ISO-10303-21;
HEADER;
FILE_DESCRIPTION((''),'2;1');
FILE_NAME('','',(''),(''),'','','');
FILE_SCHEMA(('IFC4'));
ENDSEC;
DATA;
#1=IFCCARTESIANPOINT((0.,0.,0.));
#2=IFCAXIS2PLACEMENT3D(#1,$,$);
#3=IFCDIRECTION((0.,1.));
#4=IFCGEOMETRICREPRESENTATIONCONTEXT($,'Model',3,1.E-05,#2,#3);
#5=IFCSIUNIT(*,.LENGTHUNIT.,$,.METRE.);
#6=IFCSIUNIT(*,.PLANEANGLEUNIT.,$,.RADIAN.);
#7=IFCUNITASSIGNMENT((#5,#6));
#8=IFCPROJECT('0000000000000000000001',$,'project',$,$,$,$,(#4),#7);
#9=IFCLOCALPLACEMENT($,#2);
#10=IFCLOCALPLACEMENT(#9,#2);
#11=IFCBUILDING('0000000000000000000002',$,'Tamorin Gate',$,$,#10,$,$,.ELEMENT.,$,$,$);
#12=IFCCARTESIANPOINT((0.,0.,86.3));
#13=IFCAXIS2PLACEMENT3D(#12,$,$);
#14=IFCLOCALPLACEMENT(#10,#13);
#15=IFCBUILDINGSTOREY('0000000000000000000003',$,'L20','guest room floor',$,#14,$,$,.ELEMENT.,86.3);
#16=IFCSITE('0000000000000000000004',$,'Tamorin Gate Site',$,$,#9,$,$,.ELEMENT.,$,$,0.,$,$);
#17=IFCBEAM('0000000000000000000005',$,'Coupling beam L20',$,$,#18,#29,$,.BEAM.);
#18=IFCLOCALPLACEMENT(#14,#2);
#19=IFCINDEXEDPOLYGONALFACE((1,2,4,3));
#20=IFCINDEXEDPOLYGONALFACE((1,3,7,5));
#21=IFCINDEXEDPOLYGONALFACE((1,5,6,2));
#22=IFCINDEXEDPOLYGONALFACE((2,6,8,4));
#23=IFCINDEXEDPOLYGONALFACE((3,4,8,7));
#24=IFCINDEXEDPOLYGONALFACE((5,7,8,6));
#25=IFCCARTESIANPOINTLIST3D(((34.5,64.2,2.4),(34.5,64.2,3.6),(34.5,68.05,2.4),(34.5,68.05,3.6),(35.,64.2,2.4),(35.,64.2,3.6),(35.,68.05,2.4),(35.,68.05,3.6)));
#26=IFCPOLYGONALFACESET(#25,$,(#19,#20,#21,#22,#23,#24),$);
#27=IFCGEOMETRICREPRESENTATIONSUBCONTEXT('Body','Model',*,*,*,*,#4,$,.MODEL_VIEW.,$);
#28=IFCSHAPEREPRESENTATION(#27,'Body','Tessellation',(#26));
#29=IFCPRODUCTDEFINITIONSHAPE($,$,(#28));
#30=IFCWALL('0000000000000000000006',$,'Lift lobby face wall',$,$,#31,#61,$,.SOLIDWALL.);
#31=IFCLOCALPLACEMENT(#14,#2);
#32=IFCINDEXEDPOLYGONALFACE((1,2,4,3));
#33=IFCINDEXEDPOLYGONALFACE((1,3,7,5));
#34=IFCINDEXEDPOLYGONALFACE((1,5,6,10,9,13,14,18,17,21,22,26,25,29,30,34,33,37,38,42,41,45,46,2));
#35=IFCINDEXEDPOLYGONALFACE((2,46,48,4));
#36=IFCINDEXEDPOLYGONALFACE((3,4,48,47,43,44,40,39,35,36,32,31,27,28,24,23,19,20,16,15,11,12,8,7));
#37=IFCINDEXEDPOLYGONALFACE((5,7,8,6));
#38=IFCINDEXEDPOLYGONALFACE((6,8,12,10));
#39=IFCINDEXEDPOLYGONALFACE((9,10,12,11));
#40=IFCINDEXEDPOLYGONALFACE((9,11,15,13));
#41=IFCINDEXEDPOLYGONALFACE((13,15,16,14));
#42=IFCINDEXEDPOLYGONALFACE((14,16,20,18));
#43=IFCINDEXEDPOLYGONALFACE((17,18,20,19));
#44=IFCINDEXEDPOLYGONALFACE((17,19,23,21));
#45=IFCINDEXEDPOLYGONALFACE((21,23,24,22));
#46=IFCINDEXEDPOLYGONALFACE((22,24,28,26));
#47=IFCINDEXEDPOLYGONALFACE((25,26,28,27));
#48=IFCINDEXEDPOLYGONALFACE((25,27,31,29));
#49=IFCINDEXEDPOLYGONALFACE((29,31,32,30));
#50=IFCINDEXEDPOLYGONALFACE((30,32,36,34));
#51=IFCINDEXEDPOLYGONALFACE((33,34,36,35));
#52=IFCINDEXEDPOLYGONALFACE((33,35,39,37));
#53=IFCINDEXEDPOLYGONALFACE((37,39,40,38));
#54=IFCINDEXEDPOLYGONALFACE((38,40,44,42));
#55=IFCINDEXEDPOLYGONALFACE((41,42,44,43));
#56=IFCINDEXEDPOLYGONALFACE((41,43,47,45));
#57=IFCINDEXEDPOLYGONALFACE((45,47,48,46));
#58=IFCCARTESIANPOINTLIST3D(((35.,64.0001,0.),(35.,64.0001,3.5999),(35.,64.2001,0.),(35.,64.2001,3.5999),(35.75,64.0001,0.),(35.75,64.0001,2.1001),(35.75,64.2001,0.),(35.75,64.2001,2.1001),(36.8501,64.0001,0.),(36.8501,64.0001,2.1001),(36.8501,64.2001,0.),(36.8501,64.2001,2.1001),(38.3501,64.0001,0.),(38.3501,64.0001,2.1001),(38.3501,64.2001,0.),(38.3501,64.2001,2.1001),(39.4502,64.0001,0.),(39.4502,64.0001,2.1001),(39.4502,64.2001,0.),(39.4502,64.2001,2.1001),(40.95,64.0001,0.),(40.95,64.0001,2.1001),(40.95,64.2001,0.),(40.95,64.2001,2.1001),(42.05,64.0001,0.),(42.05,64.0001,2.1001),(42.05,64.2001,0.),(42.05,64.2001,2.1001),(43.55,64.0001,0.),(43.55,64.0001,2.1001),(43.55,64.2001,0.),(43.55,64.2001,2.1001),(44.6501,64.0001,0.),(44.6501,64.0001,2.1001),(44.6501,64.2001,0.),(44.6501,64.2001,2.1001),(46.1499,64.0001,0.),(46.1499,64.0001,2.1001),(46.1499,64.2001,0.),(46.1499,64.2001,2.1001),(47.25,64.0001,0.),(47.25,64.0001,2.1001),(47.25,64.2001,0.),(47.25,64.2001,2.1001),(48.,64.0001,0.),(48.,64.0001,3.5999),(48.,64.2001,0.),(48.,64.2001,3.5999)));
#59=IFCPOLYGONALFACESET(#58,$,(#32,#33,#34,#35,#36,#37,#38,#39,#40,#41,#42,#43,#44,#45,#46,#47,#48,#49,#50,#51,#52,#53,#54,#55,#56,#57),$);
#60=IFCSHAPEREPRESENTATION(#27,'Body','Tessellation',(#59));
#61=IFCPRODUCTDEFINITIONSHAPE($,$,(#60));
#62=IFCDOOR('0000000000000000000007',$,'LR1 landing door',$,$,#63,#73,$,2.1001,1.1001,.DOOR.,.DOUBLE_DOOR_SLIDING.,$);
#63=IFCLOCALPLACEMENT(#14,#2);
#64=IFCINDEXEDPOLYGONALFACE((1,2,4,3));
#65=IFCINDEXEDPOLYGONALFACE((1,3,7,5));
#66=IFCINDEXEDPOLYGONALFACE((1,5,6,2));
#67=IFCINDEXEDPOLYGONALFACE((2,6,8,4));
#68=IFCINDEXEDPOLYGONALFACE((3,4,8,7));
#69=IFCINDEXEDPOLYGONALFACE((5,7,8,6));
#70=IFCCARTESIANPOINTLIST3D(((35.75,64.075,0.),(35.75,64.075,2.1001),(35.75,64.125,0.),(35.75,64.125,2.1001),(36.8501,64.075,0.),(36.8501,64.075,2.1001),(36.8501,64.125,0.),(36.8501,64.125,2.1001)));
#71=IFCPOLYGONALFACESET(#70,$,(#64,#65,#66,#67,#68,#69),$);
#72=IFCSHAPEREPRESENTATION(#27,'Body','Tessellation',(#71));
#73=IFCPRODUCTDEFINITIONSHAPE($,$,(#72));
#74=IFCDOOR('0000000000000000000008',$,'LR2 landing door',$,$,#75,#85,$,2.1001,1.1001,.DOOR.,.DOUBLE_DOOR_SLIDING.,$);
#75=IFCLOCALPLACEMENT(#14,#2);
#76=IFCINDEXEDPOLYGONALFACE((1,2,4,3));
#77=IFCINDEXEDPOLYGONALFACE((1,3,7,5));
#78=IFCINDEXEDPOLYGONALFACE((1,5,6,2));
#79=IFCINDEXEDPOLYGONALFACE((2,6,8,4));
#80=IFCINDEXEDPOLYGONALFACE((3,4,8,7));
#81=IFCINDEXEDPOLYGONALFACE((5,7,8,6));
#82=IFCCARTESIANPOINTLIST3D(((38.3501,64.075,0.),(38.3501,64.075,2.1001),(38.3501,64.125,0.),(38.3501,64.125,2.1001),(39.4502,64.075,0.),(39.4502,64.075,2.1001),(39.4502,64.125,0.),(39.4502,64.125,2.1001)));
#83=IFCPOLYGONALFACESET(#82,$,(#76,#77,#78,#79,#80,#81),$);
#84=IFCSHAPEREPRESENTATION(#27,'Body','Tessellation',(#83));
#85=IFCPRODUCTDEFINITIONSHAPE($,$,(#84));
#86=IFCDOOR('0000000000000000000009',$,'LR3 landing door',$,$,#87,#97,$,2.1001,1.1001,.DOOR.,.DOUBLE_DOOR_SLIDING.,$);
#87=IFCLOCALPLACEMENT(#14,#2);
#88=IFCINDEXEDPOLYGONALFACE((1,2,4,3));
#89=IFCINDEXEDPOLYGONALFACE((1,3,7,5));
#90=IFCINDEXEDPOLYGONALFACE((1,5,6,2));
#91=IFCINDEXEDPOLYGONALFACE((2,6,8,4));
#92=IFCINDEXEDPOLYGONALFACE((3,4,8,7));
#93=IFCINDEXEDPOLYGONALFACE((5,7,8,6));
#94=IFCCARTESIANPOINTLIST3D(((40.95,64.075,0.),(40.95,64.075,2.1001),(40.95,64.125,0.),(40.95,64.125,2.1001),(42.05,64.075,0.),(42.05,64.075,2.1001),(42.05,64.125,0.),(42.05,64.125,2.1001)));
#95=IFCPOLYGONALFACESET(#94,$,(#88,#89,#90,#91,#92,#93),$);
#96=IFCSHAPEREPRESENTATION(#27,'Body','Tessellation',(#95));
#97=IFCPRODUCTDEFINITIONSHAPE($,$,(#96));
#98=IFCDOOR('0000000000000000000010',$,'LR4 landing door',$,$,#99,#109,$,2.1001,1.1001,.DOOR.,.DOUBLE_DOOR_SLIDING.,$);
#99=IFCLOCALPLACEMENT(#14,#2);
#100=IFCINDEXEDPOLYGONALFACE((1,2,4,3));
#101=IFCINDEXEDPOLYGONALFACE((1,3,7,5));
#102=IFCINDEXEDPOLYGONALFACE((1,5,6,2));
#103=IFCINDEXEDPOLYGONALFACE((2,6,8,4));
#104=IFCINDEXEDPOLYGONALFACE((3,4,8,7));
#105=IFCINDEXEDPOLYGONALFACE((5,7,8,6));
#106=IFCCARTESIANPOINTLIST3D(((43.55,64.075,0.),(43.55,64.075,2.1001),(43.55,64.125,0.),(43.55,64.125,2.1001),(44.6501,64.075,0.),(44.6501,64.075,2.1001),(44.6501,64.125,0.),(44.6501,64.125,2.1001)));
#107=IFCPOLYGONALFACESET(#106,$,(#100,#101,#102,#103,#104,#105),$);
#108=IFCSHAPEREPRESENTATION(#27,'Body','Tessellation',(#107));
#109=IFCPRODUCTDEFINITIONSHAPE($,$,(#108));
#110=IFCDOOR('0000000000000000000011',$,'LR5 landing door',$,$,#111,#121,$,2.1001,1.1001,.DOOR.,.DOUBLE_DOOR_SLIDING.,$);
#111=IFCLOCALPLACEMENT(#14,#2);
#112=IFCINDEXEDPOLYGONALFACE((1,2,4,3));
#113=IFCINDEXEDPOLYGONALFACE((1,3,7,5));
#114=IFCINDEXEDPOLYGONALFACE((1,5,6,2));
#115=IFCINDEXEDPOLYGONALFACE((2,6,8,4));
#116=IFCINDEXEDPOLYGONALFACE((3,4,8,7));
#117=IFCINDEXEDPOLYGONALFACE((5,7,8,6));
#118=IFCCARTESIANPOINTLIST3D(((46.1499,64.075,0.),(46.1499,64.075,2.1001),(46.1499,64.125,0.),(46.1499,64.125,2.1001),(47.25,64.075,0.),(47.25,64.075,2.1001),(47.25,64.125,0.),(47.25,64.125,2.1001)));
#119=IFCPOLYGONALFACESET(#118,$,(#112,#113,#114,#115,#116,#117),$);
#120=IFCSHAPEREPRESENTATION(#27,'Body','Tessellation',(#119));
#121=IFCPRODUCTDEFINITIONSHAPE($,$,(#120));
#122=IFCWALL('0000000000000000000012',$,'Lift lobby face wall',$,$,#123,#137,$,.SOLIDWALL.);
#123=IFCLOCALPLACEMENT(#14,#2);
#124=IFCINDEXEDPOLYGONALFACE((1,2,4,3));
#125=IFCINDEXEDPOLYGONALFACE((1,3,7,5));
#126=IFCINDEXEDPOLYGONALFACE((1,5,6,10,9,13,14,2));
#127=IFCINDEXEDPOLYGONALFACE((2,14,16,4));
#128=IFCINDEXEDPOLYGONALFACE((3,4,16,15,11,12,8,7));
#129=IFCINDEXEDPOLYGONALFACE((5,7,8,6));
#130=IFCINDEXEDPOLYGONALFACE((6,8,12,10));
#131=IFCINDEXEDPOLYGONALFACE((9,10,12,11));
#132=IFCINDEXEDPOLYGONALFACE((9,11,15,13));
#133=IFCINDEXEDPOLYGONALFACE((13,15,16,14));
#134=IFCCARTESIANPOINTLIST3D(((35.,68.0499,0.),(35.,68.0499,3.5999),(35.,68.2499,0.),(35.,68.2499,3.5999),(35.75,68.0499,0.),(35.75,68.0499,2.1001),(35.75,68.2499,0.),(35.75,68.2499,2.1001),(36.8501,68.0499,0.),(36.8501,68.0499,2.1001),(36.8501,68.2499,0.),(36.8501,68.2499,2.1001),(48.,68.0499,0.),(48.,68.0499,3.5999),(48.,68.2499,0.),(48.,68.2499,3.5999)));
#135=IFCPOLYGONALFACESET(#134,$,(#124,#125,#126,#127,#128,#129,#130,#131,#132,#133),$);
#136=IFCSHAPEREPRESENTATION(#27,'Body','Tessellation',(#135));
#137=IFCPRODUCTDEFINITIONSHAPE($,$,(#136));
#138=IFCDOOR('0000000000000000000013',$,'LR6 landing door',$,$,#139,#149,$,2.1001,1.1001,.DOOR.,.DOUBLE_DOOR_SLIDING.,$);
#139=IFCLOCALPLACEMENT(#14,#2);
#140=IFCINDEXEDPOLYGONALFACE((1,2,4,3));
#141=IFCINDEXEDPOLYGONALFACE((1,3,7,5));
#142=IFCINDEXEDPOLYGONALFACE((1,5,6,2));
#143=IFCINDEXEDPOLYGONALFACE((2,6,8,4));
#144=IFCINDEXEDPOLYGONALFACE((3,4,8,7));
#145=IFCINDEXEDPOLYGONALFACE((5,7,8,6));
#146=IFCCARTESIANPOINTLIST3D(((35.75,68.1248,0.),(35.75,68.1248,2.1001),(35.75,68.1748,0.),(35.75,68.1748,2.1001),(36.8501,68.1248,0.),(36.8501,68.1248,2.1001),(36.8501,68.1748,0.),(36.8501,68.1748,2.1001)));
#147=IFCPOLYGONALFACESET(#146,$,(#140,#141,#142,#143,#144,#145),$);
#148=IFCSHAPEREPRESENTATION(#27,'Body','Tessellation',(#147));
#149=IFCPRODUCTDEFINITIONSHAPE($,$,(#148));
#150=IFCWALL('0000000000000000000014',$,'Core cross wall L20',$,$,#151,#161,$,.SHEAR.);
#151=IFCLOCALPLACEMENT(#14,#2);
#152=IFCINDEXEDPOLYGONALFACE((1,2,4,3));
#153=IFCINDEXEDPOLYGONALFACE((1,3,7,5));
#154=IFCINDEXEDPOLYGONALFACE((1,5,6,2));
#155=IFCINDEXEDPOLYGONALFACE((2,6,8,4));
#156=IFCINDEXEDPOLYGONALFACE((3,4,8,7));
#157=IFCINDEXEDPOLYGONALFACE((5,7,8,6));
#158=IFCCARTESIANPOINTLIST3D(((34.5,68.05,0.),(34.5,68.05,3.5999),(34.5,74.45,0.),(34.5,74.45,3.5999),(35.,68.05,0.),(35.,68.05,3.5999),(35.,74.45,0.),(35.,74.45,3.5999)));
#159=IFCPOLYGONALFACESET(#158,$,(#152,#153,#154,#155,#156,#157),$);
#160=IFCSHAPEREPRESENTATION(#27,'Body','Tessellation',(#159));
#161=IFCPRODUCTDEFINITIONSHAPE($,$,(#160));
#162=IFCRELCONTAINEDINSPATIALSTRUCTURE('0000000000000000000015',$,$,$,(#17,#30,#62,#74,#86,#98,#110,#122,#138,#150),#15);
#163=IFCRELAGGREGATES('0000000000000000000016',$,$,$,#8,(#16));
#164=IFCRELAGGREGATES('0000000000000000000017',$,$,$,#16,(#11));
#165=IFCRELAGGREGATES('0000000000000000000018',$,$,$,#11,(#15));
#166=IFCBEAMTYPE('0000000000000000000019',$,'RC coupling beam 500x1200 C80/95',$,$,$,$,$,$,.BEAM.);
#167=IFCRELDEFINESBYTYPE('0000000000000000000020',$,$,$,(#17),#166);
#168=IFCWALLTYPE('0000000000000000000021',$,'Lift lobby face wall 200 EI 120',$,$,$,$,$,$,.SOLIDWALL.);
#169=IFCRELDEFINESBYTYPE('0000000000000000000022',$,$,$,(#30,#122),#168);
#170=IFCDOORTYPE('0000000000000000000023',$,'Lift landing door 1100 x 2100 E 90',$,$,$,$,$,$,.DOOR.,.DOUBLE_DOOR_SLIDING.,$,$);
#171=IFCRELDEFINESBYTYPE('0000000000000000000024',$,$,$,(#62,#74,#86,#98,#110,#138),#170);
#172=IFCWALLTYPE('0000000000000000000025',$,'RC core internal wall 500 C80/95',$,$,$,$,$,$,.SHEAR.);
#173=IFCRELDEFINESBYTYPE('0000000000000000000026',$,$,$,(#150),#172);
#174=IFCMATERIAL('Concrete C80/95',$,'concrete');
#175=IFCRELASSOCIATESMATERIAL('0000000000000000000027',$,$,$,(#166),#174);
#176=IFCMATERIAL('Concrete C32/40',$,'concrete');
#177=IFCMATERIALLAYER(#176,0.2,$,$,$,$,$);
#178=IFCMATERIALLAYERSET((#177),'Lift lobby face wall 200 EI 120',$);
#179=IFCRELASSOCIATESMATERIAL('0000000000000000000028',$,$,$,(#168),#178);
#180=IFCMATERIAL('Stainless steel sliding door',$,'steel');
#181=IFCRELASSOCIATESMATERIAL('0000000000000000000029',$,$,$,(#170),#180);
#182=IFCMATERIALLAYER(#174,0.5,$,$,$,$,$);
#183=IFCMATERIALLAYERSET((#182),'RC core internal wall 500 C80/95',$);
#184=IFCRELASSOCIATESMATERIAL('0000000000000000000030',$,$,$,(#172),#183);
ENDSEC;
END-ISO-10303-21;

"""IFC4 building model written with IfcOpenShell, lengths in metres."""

from ifc_helpers import new_model, si_unit, direction, frame, frame_2d, origin, origin_2d, place, context, subcontext, project, spatial, rectangle, extrude, material, layer, layer_set, material_profile, profile_set, type_object, element, fill, save


model = new_model("IFC4")

# Units and contexts
model_context = context("Model", 3, precision=1e-05, world=origin(), true_north=direction((0.0, 1.0)))
body_context = subcontext(model_context, "Body", "Model", "MODEL_VIEW")
ifc_project = project(units=[si_unit("LENGTHUNIT", "METRE"), si_unit("PLANEANGLEUNIT", "RADIAN")], contexts=[model_context])

# Site, building, storey
site_placement = place(None, origin())
site = spatial("IfcSite", under=ifc_project, at=site_placement, Name="Tamorin Gate Site", CompositionType="ELEMENT", RefElevation=0.0)
building_placement = place(site_placement, origin())
building = spatial("IfcBuilding", under=site, at=building_placement, Name="Tamorin Gate", CompositionType="ELEMENT")
storey_placement = place(building_placement, frame((0.0, 0.0, 86.3)))
storey = spatial("IfcBuildingStorey", under=building, at=storey_placement, Name="L20", Description="guest room floor", CompositionType="ELEMENT", Elevation=86.3)

# Beam
ifc_material_1 = material(Name="Concrete C80/95", Category="concrete")
ifc_material_profile = material_profile(ifc_material_1, rectangle(XDim=0.5, YDim=1.2, at=origin_2d()), Name="RC 500x1200")
ifc_profile_set = profile_set([ifc_material_profile], Name="Concrete C80/95")
beam_type = type_object("IfcBeamType", Name="RC coupling beam 500x1200 C80/95", PredefinedType="BEAM", material=ifc_profile_set)
beam_placement = place(storey_placement, frame((34.75, 64.2, 3.0), z_axis=(0.0, 1.0, 0.0), x_axis=(-1.0, 0.0, 0.0)))
element("IfcBeam", 1, at=beam_placement, inside=storey, type_object=beam_type, Name="Coupling beam L20", PredefinedType="BEAM", context=body_context, shape_type="SweptSolid", body=[
    extrude(rectangle(XDim=0.5, YDim=1.2, at=origin_2d()), origin(), (0.0, 0.0, 1.0), 3.8501),
])

# Wall, openings, doors
ifc_material_2 = material(Name="Concrete C32/40", Category="concrete")
ifc_layer_1 = layer(ifc_material_2, 0.2)
ifc_layer_set_1 = layer_set([ifc_layer_1], Name="Lift lobby face wall 200 EI 120")
wall_type_1 = type_object("IfcWallType", Name="Lift lobby face wall 200 EI 120", PredefinedType="SOLIDWALL", material=ifc_layer_set_1)
wall_1_placement = place(storey_placement, frame((35.0, 64.1001, 0.0), z_axis=(0.0, 0.0, 1.0), x_axis=(1.0, 0.0, 0.0)))
wall_1 = element("IfcWall", 2, at=wall_1_placement, inside=storey, type_object=wall_type_1, Name="Lift lobby face wall", PredefinedType="SOLIDWALL", context=body_context, shape_type="SweptSolid", body=[
    extrude(rectangle(XDim=13.0, YDim=0.2, at=frame_2d((6.5, 0.0))), origin(), (0.0, 0.0, 1.0), 3.5999),
])
opening_1_placement = place(wall_1_placement, frame((0.75, 0.0, 0.0)))
opening_1 = element("IfcOpeningElement", 3, at=opening_1_placement, cuts=wall_1, PredefinedType="OPENING", context=body_context, shape_type="SweptSolid", body=[
    extrude(rectangle(XDim=1.1001, YDim=2.1001, at=frame_2d((0.55, 1.05))), frame((0.0, 0.1099, 0.0), z_axis=(0.0, -1.0, 0.0), x_axis=(1.0, 0.0, 0.0)), (0.0, 0.0, 1.0), 0.22),
])
opening_2_placement = place(wall_1_placement, frame((3.3501, 0.0, 0.0)))
opening_2 = element("IfcOpeningElement", 4, at=opening_2_placement, cuts=wall_1, PredefinedType="OPENING", context=body_context, shape_type="SweptSolid", body=[
    extrude(rectangle(XDim=1.1001, YDim=2.1001, at=frame_2d((0.55, 1.05))), frame((0.0, 0.1099, 0.0), z_axis=(0.0, -1.0, 0.0), x_axis=(1.0, 0.0, 0.0)), (0.0, 0.0, 1.0), 0.22),
])
opening_3_placement = place(wall_1_placement, frame((5.95, 0.0, 0.0)))
opening_3 = element("IfcOpeningElement", 5, at=opening_3_placement, cuts=wall_1, PredefinedType="OPENING", context=body_context, shape_type="SweptSolid", body=[
    extrude(rectangle(XDim=1.1001, YDim=2.1001, at=frame_2d((0.55, 1.05))), frame((0.0, 0.1099, 0.0), z_axis=(0.0, -1.0, 0.0), x_axis=(1.0, 0.0, 0.0)), (0.0, 0.0, 1.0), 0.22),
])
opening_4_placement = place(wall_1_placement, frame((8.55, 0.0, 0.0)))
opening_4 = element("IfcOpeningElement", 6, at=opening_4_placement, cuts=wall_1, PredefinedType="OPENING", context=body_context, shape_type="SweptSolid", body=[
    extrude(rectangle(XDim=1.1001, YDim=2.1001, at=frame_2d((0.55, 1.05))), frame((0.0, 0.1099, 0.0), z_axis=(0.0, -1.0, 0.0), x_axis=(1.0, 0.0, 0.0)), (0.0, 0.0, 1.0), 0.22),
])
opening_5_placement = place(wall_1_placement, frame((11.1499, 0.0, 0.0)))
opening_5 = element("IfcOpeningElement", 7, at=opening_5_placement, cuts=wall_1, PredefinedType="OPENING", context=body_context, shape_type="SweptSolid", body=[
    extrude(rectangle(XDim=1.1001, YDim=2.1001, at=frame_2d((0.55, 1.05))), frame((0.0, 0.1099, 0.0), z_axis=(0.0, -1.0, 0.0), x_axis=(1.0, 0.0, 0.0)), (0.0, 0.0, 1.0), 0.22),
])
ifc_material_3 = material(Name="Stainless steel sliding door", Category="steel")
door_type_1 = type_object("IfcDoorType", Name="Lift landing door 1100 x 2100 E 90", OperationType="DOUBLE_DOOR_SLIDING", PredefinedType="DOOR", material=ifc_material_3)
door_1_placement = place(opening_1_placement, origin())
door_1 = element("IfcDoor", 8, at=door_1_placement, inside=storey, type_object=door_type_1, Name="LR1 landing door", OperationType="DOUBLE_DOOR_SLIDING", OverallHeight=2.1001, OverallWidth=1.1001, PredefinedType="DOOR", context=body_context, shape_type="SweptSolid", body=[
    extrude(rectangle(XDim=1.1001, YDim=2.1001, at=frame_2d((0.55, 1.05))), frame((0.0, 0.0249, 0.0), z_axis=(0.0, -1.0, 0.0), x_axis=(1.0, 0.0, 0.0)), (0.0, 0.0, 1.0), 0.05),
])
fill(opening_1, door_1)
door_2_placement = place(opening_2_placement, origin())
door_2 = element("IfcDoor", 9, at=door_2_placement, inside=storey, type_object=door_type_1, Name="LR2 landing door", OperationType="DOUBLE_DOOR_SLIDING", OverallHeight=2.1001, OverallWidth=1.1001, PredefinedType="DOOR", context=body_context, shape_type="SweptSolid", body=[
    extrude(rectangle(XDim=1.1001, YDim=2.1001, at=frame_2d((0.55, 1.05))), frame((0.0, 0.0249, 0.0), z_axis=(0.0, -1.0, 0.0), x_axis=(1.0, 0.0, 0.0)), (0.0, 0.0, 1.0), 0.05),
])
fill(opening_2, door_2)
door_3_placement = place(opening_3_placement, origin())
door_3 = element("IfcDoor", 10, at=door_3_placement, inside=storey, type_object=door_type_1, Name="LR3 landing door", OperationType="DOUBLE_DOOR_SLIDING", OverallHeight=2.1001, OverallWidth=1.1001, PredefinedType="DOOR", context=body_context, shape_type="SweptSolid", body=[
    extrude(rectangle(XDim=1.1001, YDim=2.1001, at=frame_2d((0.55, 1.05))), frame((0.0, 0.0249, 0.0), z_axis=(0.0, -1.0, 0.0), x_axis=(1.0, 0.0, 0.0)), (0.0, 0.0, 1.0), 0.05),
])
fill(opening_3, door_3)
door_4_placement = place(opening_4_placement, origin())
door_4 = element("IfcDoor", 11, at=door_4_placement, inside=storey, type_object=door_type_1, Name="LR4 landing door", OperationType="DOUBLE_DOOR_SLIDING", OverallHeight=2.1001, OverallWidth=1.1001, PredefinedType="DOOR", context=body_context, shape_type="SweptSolid", body=[
    extrude(rectangle(XDim=1.1001, YDim=2.1001, at=frame_2d((0.55, 1.05))), frame((0.0, 0.0249, 0.0), z_axis=(0.0, -1.0, 0.0), x_axis=(1.0, 0.0, 0.0)), (0.0, 0.0, 1.0), 0.05),
])
fill(opening_4, door_4)
door_5_placement = place(opening_5_placement, origin())
door_5 = element("IfcDoor", 12, at=door_5_placement, inside=storey, type_object=door_type_1, Name="LR5 landing door", OperationType="DOUBLE_DOOR_SLIDING", OverallHeight=2.1001, OverallWidth=1.1001, PredefinedType="DOOR", context=body_context, shape_type="SweptSolid", body=[
    extrude(rectangle(XDim=1.1001, YDim=2.1001, at=frame_2d((0.55, 1.05))), frame((0.0, 0.0249, 0.0), z_axis=(0.0, -1.0, 0.0), x_axis=(1.0, 0.0, 0.0)), (0.0, 0.0, 1.0), 0.05),
])
fill(opening_5, door_5)

# Wall, opening, door
wall_2_placement = place(storey_placement, frame((35.0, 68.1499, 0.0), z_axis=(0.0, 0.0, 1.0), x_axis=(1.0, 0.0, 0.0)))
wall_2 = element("IfcWall", 13, at=wall_2_placement, inside=storey, type_object=wall_type_1, Name="Lift lobby face wall", PredefinedType="SOLIDWALL", context=body_context, shape_type="SweptSolid", body=[
    extrude(rectangle(XDim=13.0, YDim=0.2, at=frame_2d((6.5, 0.0))), origin(), (0.0, 0.0, 1.0), 3.5999),
])
opening_6_placement = place(wall_2_placement, frame((0.75, 0.0, 0.0)))
opening_6 = element("IfcOpeningElement", 14, at=opening_6_placement, cuts=wall_2, PredefinedType="OPENING", context=body_context, shape_type="SweptSolid", body=[
    extrude(rectangle(XDim=1.1001, YDim=2.1001, at=frame_2d((0.55, 1.05))), frame((0.0, 0.1099, 0.0), z_axis=(0.0, -1.0, 0.0), x_axis=(1.0, 0.0, 0.0)), (0.0, 0.0, 1.0), 0.22),
])
door_6_placement = place(opening_6_placement, origin())
door_6 = element("IfcDoor", 15, at=door_6_placement, inside=storey, type_object=door_type_1, Name="LR6 landing door", OperationType="DOUBLE_DOOR_SLIDING", OverallHeight=2.1001, OverallWidth=1.1001, PredefinedType="DOOR", context=body_context, shape_type="SweptSolid", body=[
    extrude(rectangle(XDim=1.1001, YDim=2.1001, at=frame_2d((0.55, 1.05))), frame((0.0, 0.0249, 0.0), z_axis=(0.0, -1.0, 0.0), x_axis=(1.0, 0.0, 0.0)), (0.0, 0.0, 1.0), 0.05),
])
fill(opening_6, door_6)

# Wall
ifc_layer_2 = layer(ifc_material_1, 0.5)
ifc_layer_set_2 = layer_set([ifc_layer_2], Name="RC core internal wall 500 C80/95")
wall_type_2 = type_object("IfcWallType", Name="RC core internal wall 500 C80/95", PredefinedType="SHEAR", material=ifc_layer_set_2)
wall_3_placement = place(storey_placement, frame((34.75, 68.05, 0.0), z_axis=(0.0, 0.0, 1.0), x_axis=(0.0, 1.0, 0.0)))
element("IfcWall", 16, at=wall_3_placement, inside=storey, type_object=wall_type_2, Name="Core cross wall L20", PredefinedType="SHEAR", context=body_context, shape_type="SweptSolid", body=[
    extrude(rectangle(XDim=6.3999, YDim=0.5, at=frame_2d((3.2, 0.0))), origin(), (0.0, 0.0, 1.0), 3.5999),
])

save(model, "model.ifc")
